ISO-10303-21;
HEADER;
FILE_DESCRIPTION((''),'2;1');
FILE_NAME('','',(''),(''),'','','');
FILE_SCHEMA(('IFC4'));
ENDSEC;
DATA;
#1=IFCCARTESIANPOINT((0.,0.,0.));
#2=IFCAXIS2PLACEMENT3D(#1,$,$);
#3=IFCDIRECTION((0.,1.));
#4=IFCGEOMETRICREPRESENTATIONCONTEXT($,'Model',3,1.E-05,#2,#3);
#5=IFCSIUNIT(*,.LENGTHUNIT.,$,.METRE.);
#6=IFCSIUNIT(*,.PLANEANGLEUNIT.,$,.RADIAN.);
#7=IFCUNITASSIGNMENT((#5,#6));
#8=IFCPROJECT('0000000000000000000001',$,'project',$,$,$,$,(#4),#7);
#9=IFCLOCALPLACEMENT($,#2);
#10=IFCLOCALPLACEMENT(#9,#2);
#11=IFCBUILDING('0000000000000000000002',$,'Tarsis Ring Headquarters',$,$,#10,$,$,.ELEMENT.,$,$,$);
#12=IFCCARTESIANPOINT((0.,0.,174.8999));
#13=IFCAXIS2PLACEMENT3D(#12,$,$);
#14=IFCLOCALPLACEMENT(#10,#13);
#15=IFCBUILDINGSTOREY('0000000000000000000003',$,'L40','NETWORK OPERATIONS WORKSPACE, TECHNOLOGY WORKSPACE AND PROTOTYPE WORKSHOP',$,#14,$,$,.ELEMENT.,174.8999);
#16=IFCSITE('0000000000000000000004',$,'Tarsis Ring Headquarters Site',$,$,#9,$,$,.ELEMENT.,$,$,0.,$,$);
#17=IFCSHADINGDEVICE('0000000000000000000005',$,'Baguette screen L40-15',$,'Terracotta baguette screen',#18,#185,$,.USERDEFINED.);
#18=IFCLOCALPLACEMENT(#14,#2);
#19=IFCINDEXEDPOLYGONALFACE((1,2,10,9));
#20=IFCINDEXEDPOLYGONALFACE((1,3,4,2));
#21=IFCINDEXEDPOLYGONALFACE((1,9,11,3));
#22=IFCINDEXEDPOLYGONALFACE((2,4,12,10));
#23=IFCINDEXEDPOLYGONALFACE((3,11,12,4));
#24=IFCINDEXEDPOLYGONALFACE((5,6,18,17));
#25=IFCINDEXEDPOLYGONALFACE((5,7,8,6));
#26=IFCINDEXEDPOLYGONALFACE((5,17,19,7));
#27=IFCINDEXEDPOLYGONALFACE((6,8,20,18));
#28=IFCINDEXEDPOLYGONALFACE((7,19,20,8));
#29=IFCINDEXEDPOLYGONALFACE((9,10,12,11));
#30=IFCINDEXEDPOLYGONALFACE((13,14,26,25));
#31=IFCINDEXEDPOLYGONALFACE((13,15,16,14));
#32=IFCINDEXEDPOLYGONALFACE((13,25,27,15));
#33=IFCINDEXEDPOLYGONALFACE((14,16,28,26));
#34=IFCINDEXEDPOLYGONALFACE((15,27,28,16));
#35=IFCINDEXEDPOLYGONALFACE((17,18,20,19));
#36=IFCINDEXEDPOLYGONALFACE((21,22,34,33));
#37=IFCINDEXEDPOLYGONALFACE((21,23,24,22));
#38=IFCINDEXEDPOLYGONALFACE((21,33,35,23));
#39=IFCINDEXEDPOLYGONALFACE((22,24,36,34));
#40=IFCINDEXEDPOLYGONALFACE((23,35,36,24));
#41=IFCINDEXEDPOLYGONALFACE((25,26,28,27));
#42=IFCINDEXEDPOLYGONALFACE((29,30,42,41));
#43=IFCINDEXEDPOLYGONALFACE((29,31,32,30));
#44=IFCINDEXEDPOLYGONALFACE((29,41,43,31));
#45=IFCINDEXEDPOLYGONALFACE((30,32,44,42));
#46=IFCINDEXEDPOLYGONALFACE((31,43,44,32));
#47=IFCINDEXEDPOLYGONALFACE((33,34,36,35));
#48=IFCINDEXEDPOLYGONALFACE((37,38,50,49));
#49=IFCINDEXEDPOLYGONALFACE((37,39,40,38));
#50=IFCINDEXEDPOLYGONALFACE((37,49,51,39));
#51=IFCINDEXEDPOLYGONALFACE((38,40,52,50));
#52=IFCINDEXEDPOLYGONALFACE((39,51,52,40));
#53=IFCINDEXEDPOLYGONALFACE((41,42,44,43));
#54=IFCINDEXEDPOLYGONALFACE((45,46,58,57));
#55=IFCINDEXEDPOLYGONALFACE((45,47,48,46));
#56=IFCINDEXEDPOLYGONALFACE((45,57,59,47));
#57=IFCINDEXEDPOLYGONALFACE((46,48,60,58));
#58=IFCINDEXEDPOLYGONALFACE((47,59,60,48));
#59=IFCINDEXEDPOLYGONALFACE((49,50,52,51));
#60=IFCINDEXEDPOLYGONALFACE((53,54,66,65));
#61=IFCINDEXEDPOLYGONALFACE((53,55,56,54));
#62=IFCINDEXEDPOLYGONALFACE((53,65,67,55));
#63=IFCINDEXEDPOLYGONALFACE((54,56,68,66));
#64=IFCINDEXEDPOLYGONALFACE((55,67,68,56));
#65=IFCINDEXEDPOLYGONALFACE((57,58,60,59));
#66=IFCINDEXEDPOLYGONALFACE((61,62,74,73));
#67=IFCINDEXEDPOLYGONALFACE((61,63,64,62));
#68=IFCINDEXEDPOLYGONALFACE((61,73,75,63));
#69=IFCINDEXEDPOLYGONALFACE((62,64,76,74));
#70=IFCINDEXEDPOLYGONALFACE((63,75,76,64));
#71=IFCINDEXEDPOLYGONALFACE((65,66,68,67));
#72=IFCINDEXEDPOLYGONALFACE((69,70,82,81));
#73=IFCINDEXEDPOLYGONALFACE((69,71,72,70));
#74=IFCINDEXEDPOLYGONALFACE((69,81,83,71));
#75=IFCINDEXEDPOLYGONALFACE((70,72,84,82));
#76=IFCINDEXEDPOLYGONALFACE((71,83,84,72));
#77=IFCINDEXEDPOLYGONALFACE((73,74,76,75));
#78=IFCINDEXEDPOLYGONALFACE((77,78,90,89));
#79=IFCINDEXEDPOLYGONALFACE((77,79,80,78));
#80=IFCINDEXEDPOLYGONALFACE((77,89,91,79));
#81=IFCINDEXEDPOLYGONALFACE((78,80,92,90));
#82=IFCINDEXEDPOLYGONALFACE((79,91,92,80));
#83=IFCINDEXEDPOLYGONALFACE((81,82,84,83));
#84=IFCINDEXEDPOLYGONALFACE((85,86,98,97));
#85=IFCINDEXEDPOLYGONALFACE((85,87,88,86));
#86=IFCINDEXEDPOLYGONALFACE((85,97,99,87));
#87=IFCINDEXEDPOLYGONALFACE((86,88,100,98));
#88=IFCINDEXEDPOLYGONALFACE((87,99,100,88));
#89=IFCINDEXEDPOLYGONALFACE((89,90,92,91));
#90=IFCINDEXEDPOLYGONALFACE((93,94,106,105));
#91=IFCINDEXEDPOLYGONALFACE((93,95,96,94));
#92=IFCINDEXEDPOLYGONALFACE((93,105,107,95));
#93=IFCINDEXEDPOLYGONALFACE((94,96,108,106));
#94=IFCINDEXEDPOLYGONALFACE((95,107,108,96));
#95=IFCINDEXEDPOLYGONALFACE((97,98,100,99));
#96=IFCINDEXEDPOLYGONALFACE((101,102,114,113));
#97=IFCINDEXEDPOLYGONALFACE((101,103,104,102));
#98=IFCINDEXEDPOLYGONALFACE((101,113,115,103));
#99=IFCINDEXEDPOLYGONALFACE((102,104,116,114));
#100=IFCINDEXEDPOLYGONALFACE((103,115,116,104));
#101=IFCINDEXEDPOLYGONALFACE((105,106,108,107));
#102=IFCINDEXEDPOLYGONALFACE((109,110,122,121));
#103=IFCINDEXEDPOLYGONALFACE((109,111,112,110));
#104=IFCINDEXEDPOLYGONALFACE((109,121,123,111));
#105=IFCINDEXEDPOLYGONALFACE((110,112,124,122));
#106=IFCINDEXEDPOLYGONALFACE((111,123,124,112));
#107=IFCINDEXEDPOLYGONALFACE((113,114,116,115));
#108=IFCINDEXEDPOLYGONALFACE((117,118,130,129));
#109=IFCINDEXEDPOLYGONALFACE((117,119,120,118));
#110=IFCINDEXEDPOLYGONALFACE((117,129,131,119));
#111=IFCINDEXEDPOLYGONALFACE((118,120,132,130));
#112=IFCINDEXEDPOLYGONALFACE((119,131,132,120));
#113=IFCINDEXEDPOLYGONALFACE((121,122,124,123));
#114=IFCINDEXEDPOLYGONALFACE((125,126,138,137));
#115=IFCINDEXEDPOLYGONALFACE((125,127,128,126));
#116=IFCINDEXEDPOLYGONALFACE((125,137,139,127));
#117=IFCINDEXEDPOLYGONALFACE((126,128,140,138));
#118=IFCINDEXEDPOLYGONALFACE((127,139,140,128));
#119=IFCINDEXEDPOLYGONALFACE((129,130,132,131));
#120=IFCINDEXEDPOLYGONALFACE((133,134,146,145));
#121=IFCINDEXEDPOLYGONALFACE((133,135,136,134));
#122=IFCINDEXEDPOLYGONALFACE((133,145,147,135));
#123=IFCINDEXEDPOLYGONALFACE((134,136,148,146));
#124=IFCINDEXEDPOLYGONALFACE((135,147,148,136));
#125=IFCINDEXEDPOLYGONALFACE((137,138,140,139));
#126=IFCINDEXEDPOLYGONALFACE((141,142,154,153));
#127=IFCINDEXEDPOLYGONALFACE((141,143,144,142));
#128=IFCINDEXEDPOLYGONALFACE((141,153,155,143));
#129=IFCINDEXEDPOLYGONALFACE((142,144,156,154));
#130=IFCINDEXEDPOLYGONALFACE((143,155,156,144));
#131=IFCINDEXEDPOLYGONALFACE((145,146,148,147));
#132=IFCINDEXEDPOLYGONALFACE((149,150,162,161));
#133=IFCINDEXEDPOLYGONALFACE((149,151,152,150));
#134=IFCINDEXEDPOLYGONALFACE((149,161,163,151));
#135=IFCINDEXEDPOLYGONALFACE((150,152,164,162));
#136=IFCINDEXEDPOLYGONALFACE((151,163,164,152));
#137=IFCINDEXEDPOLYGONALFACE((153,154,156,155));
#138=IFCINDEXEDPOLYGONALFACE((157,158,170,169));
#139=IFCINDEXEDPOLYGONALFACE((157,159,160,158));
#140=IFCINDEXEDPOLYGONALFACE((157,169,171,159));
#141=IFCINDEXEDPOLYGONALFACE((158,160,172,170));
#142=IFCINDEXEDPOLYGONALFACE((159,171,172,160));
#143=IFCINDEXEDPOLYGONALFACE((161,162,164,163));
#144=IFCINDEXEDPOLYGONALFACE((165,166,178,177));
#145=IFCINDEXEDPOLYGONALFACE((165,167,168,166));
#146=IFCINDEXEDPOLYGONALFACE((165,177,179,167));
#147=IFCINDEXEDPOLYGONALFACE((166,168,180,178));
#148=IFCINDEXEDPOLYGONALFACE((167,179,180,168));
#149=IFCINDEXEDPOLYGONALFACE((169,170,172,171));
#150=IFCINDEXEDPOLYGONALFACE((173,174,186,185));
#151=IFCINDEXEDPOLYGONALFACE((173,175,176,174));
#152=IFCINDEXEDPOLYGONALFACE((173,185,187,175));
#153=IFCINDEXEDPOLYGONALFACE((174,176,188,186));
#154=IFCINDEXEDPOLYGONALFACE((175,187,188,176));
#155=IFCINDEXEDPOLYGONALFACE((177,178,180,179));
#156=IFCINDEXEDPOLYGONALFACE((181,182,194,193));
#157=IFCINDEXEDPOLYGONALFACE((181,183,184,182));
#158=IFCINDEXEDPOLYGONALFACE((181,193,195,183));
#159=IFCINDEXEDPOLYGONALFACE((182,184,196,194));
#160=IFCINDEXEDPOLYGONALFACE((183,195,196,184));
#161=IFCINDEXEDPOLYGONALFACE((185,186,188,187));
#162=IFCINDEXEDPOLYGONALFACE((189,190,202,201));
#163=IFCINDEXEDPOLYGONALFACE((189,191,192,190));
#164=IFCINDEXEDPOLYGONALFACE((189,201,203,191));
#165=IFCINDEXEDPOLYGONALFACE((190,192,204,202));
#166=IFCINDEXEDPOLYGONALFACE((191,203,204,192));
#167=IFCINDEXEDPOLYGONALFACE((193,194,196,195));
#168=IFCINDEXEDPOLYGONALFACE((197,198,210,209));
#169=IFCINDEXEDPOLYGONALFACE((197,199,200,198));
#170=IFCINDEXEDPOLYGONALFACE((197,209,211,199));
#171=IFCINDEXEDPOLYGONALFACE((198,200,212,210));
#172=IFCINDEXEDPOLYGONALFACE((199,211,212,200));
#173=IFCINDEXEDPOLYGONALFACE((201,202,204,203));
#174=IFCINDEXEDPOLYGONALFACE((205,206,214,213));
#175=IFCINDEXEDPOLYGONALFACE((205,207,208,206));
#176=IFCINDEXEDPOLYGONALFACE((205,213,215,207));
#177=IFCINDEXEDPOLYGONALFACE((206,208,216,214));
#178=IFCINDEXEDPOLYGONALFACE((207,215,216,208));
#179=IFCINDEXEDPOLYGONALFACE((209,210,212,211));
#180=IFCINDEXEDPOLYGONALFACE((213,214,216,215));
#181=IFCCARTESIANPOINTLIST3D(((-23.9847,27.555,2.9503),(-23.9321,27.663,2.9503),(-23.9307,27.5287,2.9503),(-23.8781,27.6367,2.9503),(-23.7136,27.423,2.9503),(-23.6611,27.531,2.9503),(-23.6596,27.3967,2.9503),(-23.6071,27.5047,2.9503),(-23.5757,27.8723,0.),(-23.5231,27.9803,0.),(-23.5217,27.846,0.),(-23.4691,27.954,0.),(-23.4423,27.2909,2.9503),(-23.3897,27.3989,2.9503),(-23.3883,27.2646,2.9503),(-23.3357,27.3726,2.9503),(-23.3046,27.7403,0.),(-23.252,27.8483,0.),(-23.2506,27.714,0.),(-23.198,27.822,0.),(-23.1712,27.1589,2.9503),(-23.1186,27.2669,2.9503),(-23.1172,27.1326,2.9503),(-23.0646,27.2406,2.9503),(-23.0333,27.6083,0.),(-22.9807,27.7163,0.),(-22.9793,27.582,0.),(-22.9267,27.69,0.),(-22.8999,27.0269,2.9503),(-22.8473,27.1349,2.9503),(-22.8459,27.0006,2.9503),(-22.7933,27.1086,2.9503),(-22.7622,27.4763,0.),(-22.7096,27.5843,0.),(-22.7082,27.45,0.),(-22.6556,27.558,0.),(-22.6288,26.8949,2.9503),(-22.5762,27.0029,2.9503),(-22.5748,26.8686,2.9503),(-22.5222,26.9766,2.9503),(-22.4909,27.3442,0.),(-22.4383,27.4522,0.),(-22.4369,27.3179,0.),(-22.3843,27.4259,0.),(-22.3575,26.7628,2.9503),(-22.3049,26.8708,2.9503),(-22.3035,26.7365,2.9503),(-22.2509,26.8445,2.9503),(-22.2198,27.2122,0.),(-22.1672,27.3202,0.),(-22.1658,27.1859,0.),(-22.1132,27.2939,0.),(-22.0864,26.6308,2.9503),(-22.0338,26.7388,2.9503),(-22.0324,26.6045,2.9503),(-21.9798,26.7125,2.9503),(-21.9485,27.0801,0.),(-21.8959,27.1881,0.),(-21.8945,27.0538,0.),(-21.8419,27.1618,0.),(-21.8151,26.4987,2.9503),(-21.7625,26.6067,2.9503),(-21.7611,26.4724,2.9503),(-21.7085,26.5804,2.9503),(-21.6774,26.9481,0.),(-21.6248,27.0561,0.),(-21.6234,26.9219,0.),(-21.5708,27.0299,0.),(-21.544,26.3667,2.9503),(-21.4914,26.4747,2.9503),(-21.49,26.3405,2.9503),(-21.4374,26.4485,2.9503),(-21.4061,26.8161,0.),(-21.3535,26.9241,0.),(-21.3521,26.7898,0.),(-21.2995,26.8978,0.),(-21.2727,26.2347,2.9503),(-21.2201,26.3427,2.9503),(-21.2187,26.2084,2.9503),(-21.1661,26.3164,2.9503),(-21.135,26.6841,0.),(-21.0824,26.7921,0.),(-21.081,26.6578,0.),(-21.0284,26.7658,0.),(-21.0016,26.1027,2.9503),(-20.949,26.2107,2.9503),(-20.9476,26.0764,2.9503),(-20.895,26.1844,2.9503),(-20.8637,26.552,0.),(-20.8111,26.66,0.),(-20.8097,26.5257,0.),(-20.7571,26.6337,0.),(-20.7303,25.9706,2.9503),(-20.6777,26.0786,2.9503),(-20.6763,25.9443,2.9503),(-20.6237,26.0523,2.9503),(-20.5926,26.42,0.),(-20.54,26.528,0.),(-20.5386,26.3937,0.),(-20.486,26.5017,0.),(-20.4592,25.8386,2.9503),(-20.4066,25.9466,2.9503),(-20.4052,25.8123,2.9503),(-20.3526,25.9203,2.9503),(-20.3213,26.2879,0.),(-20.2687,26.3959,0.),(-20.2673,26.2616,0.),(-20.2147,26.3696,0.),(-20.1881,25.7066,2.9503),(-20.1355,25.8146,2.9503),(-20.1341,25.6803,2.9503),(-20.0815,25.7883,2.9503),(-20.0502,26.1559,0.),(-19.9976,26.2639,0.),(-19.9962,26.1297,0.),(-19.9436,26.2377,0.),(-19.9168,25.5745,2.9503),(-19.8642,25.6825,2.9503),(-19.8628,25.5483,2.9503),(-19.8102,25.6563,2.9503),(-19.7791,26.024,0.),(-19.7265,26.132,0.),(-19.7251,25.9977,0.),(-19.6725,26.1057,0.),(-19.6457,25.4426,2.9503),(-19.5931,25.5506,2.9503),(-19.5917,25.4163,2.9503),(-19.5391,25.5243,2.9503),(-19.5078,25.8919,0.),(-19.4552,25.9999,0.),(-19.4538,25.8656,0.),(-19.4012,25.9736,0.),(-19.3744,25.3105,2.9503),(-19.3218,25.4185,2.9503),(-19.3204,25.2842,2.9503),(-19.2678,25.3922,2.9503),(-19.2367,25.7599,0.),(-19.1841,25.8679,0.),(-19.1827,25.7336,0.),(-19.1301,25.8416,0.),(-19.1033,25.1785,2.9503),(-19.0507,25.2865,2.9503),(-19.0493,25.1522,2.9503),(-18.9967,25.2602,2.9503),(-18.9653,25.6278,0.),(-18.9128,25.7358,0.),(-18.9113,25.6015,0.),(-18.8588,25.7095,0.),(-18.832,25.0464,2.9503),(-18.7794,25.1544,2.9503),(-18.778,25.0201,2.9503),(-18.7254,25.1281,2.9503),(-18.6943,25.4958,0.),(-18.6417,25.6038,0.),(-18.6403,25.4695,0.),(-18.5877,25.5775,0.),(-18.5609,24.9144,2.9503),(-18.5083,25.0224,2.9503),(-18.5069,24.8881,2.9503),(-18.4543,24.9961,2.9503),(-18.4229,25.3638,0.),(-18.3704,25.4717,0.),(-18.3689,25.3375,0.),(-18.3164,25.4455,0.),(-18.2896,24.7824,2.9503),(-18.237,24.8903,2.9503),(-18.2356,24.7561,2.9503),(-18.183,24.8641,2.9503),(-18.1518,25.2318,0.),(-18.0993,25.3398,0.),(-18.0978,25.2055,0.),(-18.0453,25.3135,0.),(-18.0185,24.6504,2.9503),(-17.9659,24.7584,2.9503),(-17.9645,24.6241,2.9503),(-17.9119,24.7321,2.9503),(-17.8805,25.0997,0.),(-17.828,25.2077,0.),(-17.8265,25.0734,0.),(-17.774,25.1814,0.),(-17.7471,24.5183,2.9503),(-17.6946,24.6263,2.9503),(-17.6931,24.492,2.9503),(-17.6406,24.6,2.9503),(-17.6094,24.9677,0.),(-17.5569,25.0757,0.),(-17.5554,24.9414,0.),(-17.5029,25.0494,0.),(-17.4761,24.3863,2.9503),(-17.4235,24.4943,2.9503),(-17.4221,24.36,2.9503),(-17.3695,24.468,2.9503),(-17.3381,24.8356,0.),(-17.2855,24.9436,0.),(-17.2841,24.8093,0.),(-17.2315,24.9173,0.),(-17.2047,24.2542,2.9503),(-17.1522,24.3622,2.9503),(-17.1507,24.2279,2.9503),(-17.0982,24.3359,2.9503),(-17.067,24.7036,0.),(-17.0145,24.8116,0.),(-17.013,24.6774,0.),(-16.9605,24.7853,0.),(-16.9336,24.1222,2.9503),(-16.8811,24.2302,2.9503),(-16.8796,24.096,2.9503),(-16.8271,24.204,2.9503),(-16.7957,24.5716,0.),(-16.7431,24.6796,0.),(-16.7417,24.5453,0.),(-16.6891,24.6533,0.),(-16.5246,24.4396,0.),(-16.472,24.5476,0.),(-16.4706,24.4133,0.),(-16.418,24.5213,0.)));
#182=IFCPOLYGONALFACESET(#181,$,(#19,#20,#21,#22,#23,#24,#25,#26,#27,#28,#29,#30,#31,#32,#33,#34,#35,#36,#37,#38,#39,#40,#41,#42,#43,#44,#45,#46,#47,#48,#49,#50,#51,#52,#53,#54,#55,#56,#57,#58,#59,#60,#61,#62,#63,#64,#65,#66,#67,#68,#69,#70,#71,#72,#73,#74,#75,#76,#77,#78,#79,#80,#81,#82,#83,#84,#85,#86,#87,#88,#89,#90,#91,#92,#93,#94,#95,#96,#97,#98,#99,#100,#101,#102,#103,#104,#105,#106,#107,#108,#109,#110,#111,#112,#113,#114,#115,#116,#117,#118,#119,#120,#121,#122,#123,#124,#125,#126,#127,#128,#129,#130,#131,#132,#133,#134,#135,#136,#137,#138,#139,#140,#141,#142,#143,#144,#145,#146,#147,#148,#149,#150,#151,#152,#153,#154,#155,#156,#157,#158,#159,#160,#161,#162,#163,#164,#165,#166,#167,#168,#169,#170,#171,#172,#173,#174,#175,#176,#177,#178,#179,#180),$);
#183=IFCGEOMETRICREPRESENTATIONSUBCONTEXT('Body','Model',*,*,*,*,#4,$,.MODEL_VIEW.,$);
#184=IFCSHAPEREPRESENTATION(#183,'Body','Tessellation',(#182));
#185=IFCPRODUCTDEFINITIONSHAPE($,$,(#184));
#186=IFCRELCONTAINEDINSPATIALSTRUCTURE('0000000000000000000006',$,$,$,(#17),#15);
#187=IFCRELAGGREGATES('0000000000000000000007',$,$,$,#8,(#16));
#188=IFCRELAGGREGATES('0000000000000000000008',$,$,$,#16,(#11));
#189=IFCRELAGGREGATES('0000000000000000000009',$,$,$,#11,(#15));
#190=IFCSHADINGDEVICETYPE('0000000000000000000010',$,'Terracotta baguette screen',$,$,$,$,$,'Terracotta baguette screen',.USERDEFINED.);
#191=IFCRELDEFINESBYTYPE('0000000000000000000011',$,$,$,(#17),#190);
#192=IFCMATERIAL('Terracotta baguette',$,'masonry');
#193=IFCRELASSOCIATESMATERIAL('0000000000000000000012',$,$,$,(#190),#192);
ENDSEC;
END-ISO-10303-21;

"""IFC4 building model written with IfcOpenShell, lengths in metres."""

from ifc_helpers import new_model, si_unit, direction, frame, frame_2d, origin, place, context, subcontext, project, spatial, rectangle, composite_profile, extrude, material, type_object, element, save


model = new_model("IFC4")

# Units and contexts
model_context = context("Model", 3, precision=1e-05, world=origin(), true_north=direction((0.0, 1.0)))
body_context = subcontext(model_context, "Body", "Model", "MODEL_VIEW")
ifc_project = project(units=[si_unit("LENGTHUNIT", "METRE"), si_unit("PLANEANGLEUNIT", "RADIAN")], contexts=[model_context])

# Site, building, storey
site_placement = place(None, origin())
site = spatial("IfcSite", under=ifc_project, at=site_placement, Name="Tarsis Ring Headquarters Site", CompositionType="ELEMENT", RefElevation=0.0)
building_placement = place(site_placement, origin())
building = spatial("IfcBuilding", under=site, at=building_placement, Name="Tarsis Ring Headquarters", CompositionType="ELEMENT")
storey_placement = place(building_placement, frame((0.0, 0.0, 174.8999)))
storey = spatial("IfcBuildingStorey", under=building, at=storey_placement, Name="L40", Description="NETWORK OPERATIONS WORKSPACE, TECHNOLOGY WORKSPACE AND PROTOTYPE WORKSHOP", CompositionType="ELEMENT", Elevation=174.8999)

# Shading device
ifc_material_1 = material(Name="Terracotta baguette", Category="masonry")
shading_device_type_1 = type_object("IfcShadingDeviceType", Name="Terracotta baguette screen", ElementType="Terracotta baguette screen", PredefinedType="USERDEFINED", material=ifc_material_1)
shading_device_1_placement = place(storey_placement, frame((-16.4443, 24.4673, 0.0), z_axis=(0.0, 0.0, 1.0), x_axis=(-0.899098, 0.437716, 0.0)))
element("IfcShadingDevice", 1, at=shading_device_1_placement, inside=storey, type_object=shading_device_type_1, Name="Baguette screen L40-15", ObjectType="Terracotta baguette screen", PredefinedType="USERDEFINED", context=body_context, shape_type="SweptSolid", body=[
    extrude(composite_profile([rectangle(XDim=0.0601, YDim=0.1201, at=frame_2d((0.03, 0.0))), rectangle(XDim=0.0601, YDim=0.1201, at=frame_2d((0.3315, 0.0))), rectangle(XDim=0.0601, YDim=0.1201, at=frame_2d((0.6333, 0.0))), rectangle(XDim=0.0601, YDim=0.1201, at=frame_2d((0.9348, 0.0))), rectangle(XDim=0.0601, YDim=0.1201, at=frame_2d((1.2366, 0.0))), rectangle(XDim=0.0601, YDim=0.1201, at=frame_2d((1.5381, 0.0))), rectangle(XDim=0.0601, YDim=0.1201, at=frame_2d((1.8398, 0.0))), rectangle(XDim=0.0601, YDim=0.1201, at=frame_2d((2.1414, 0.0))), rectangle(XDim=0.0601, YDim=0.1201, at=frame_2d((2.4431, 0.0))), rectangle(XDim=0.0601, YDim=0.1201, at=frame_2d((2.7446, 0.0))), rectangle(XDim=0.0601, YDim=0.1201, at=frame_2d((3.0464, 0.0))), rectangle(XDim=0.0601, YDim=0.1201, at=frame_2d((3.3479, 0.0))), rectangle(XDim=0.0601, YDim=0.1201, at=frame_2d((3.6497, 0.0))), rectangle(XDim=0.0601, YDim=0.1201, at=frame_2d((3.9512, 0.0))), rectangle(XDim=0.0601, YDim=0.1201, at=frame_2d((4.2527, 0.0))), rectangle(XDim=0.0601, YDim=0.1201, at=frame_2d((4.5544, 0.0))), rectangle(XDim=0.0601, YDim=0.1201, at=frame_2d((4.856, 0.0))), rectangle(XDim=0.0601, YDim=0.1201, at=frame_2d((5.1577, 0.0))), rectangle(XDim=0.0601, YDim=0.1201, at=frame_2d((5.4592, 0.0))), rectangle(XDim=0.0601, YDim=0.1201, at=frame_2d((5.761, 0.0))), rectangle(XDim=0.0601, YDim=0.1201, at=frame_2d((6.0625, 0.0))), rectangle(XDim=0.0601, YDim=0.1201, at=frame_2d((6.3643, 0.0))), rectangle(XDim=0.0601, YDim=0.1201, at=frame_2d((6.6658, 0.0))), rectangle(XDim=0.0601, YDim=0.1201, at=frame_2d((6.9675, 0.0))), rectangle(XDim=0.0601, YDim=0.1201, at=frame_2d((7.269, 0.0))), rectangle(XDim=0.0601, YDim=0.1201, at=frame_2d((7.5708, 0.0))), rectangle(XDim=0.0601, YDim=0.1201, at=frame_2d((7.8723, 0.0)))]), origin(), (0.076402, 0.155025, 0.984952), 2.9954),
])

save(model, "model.ifc")
